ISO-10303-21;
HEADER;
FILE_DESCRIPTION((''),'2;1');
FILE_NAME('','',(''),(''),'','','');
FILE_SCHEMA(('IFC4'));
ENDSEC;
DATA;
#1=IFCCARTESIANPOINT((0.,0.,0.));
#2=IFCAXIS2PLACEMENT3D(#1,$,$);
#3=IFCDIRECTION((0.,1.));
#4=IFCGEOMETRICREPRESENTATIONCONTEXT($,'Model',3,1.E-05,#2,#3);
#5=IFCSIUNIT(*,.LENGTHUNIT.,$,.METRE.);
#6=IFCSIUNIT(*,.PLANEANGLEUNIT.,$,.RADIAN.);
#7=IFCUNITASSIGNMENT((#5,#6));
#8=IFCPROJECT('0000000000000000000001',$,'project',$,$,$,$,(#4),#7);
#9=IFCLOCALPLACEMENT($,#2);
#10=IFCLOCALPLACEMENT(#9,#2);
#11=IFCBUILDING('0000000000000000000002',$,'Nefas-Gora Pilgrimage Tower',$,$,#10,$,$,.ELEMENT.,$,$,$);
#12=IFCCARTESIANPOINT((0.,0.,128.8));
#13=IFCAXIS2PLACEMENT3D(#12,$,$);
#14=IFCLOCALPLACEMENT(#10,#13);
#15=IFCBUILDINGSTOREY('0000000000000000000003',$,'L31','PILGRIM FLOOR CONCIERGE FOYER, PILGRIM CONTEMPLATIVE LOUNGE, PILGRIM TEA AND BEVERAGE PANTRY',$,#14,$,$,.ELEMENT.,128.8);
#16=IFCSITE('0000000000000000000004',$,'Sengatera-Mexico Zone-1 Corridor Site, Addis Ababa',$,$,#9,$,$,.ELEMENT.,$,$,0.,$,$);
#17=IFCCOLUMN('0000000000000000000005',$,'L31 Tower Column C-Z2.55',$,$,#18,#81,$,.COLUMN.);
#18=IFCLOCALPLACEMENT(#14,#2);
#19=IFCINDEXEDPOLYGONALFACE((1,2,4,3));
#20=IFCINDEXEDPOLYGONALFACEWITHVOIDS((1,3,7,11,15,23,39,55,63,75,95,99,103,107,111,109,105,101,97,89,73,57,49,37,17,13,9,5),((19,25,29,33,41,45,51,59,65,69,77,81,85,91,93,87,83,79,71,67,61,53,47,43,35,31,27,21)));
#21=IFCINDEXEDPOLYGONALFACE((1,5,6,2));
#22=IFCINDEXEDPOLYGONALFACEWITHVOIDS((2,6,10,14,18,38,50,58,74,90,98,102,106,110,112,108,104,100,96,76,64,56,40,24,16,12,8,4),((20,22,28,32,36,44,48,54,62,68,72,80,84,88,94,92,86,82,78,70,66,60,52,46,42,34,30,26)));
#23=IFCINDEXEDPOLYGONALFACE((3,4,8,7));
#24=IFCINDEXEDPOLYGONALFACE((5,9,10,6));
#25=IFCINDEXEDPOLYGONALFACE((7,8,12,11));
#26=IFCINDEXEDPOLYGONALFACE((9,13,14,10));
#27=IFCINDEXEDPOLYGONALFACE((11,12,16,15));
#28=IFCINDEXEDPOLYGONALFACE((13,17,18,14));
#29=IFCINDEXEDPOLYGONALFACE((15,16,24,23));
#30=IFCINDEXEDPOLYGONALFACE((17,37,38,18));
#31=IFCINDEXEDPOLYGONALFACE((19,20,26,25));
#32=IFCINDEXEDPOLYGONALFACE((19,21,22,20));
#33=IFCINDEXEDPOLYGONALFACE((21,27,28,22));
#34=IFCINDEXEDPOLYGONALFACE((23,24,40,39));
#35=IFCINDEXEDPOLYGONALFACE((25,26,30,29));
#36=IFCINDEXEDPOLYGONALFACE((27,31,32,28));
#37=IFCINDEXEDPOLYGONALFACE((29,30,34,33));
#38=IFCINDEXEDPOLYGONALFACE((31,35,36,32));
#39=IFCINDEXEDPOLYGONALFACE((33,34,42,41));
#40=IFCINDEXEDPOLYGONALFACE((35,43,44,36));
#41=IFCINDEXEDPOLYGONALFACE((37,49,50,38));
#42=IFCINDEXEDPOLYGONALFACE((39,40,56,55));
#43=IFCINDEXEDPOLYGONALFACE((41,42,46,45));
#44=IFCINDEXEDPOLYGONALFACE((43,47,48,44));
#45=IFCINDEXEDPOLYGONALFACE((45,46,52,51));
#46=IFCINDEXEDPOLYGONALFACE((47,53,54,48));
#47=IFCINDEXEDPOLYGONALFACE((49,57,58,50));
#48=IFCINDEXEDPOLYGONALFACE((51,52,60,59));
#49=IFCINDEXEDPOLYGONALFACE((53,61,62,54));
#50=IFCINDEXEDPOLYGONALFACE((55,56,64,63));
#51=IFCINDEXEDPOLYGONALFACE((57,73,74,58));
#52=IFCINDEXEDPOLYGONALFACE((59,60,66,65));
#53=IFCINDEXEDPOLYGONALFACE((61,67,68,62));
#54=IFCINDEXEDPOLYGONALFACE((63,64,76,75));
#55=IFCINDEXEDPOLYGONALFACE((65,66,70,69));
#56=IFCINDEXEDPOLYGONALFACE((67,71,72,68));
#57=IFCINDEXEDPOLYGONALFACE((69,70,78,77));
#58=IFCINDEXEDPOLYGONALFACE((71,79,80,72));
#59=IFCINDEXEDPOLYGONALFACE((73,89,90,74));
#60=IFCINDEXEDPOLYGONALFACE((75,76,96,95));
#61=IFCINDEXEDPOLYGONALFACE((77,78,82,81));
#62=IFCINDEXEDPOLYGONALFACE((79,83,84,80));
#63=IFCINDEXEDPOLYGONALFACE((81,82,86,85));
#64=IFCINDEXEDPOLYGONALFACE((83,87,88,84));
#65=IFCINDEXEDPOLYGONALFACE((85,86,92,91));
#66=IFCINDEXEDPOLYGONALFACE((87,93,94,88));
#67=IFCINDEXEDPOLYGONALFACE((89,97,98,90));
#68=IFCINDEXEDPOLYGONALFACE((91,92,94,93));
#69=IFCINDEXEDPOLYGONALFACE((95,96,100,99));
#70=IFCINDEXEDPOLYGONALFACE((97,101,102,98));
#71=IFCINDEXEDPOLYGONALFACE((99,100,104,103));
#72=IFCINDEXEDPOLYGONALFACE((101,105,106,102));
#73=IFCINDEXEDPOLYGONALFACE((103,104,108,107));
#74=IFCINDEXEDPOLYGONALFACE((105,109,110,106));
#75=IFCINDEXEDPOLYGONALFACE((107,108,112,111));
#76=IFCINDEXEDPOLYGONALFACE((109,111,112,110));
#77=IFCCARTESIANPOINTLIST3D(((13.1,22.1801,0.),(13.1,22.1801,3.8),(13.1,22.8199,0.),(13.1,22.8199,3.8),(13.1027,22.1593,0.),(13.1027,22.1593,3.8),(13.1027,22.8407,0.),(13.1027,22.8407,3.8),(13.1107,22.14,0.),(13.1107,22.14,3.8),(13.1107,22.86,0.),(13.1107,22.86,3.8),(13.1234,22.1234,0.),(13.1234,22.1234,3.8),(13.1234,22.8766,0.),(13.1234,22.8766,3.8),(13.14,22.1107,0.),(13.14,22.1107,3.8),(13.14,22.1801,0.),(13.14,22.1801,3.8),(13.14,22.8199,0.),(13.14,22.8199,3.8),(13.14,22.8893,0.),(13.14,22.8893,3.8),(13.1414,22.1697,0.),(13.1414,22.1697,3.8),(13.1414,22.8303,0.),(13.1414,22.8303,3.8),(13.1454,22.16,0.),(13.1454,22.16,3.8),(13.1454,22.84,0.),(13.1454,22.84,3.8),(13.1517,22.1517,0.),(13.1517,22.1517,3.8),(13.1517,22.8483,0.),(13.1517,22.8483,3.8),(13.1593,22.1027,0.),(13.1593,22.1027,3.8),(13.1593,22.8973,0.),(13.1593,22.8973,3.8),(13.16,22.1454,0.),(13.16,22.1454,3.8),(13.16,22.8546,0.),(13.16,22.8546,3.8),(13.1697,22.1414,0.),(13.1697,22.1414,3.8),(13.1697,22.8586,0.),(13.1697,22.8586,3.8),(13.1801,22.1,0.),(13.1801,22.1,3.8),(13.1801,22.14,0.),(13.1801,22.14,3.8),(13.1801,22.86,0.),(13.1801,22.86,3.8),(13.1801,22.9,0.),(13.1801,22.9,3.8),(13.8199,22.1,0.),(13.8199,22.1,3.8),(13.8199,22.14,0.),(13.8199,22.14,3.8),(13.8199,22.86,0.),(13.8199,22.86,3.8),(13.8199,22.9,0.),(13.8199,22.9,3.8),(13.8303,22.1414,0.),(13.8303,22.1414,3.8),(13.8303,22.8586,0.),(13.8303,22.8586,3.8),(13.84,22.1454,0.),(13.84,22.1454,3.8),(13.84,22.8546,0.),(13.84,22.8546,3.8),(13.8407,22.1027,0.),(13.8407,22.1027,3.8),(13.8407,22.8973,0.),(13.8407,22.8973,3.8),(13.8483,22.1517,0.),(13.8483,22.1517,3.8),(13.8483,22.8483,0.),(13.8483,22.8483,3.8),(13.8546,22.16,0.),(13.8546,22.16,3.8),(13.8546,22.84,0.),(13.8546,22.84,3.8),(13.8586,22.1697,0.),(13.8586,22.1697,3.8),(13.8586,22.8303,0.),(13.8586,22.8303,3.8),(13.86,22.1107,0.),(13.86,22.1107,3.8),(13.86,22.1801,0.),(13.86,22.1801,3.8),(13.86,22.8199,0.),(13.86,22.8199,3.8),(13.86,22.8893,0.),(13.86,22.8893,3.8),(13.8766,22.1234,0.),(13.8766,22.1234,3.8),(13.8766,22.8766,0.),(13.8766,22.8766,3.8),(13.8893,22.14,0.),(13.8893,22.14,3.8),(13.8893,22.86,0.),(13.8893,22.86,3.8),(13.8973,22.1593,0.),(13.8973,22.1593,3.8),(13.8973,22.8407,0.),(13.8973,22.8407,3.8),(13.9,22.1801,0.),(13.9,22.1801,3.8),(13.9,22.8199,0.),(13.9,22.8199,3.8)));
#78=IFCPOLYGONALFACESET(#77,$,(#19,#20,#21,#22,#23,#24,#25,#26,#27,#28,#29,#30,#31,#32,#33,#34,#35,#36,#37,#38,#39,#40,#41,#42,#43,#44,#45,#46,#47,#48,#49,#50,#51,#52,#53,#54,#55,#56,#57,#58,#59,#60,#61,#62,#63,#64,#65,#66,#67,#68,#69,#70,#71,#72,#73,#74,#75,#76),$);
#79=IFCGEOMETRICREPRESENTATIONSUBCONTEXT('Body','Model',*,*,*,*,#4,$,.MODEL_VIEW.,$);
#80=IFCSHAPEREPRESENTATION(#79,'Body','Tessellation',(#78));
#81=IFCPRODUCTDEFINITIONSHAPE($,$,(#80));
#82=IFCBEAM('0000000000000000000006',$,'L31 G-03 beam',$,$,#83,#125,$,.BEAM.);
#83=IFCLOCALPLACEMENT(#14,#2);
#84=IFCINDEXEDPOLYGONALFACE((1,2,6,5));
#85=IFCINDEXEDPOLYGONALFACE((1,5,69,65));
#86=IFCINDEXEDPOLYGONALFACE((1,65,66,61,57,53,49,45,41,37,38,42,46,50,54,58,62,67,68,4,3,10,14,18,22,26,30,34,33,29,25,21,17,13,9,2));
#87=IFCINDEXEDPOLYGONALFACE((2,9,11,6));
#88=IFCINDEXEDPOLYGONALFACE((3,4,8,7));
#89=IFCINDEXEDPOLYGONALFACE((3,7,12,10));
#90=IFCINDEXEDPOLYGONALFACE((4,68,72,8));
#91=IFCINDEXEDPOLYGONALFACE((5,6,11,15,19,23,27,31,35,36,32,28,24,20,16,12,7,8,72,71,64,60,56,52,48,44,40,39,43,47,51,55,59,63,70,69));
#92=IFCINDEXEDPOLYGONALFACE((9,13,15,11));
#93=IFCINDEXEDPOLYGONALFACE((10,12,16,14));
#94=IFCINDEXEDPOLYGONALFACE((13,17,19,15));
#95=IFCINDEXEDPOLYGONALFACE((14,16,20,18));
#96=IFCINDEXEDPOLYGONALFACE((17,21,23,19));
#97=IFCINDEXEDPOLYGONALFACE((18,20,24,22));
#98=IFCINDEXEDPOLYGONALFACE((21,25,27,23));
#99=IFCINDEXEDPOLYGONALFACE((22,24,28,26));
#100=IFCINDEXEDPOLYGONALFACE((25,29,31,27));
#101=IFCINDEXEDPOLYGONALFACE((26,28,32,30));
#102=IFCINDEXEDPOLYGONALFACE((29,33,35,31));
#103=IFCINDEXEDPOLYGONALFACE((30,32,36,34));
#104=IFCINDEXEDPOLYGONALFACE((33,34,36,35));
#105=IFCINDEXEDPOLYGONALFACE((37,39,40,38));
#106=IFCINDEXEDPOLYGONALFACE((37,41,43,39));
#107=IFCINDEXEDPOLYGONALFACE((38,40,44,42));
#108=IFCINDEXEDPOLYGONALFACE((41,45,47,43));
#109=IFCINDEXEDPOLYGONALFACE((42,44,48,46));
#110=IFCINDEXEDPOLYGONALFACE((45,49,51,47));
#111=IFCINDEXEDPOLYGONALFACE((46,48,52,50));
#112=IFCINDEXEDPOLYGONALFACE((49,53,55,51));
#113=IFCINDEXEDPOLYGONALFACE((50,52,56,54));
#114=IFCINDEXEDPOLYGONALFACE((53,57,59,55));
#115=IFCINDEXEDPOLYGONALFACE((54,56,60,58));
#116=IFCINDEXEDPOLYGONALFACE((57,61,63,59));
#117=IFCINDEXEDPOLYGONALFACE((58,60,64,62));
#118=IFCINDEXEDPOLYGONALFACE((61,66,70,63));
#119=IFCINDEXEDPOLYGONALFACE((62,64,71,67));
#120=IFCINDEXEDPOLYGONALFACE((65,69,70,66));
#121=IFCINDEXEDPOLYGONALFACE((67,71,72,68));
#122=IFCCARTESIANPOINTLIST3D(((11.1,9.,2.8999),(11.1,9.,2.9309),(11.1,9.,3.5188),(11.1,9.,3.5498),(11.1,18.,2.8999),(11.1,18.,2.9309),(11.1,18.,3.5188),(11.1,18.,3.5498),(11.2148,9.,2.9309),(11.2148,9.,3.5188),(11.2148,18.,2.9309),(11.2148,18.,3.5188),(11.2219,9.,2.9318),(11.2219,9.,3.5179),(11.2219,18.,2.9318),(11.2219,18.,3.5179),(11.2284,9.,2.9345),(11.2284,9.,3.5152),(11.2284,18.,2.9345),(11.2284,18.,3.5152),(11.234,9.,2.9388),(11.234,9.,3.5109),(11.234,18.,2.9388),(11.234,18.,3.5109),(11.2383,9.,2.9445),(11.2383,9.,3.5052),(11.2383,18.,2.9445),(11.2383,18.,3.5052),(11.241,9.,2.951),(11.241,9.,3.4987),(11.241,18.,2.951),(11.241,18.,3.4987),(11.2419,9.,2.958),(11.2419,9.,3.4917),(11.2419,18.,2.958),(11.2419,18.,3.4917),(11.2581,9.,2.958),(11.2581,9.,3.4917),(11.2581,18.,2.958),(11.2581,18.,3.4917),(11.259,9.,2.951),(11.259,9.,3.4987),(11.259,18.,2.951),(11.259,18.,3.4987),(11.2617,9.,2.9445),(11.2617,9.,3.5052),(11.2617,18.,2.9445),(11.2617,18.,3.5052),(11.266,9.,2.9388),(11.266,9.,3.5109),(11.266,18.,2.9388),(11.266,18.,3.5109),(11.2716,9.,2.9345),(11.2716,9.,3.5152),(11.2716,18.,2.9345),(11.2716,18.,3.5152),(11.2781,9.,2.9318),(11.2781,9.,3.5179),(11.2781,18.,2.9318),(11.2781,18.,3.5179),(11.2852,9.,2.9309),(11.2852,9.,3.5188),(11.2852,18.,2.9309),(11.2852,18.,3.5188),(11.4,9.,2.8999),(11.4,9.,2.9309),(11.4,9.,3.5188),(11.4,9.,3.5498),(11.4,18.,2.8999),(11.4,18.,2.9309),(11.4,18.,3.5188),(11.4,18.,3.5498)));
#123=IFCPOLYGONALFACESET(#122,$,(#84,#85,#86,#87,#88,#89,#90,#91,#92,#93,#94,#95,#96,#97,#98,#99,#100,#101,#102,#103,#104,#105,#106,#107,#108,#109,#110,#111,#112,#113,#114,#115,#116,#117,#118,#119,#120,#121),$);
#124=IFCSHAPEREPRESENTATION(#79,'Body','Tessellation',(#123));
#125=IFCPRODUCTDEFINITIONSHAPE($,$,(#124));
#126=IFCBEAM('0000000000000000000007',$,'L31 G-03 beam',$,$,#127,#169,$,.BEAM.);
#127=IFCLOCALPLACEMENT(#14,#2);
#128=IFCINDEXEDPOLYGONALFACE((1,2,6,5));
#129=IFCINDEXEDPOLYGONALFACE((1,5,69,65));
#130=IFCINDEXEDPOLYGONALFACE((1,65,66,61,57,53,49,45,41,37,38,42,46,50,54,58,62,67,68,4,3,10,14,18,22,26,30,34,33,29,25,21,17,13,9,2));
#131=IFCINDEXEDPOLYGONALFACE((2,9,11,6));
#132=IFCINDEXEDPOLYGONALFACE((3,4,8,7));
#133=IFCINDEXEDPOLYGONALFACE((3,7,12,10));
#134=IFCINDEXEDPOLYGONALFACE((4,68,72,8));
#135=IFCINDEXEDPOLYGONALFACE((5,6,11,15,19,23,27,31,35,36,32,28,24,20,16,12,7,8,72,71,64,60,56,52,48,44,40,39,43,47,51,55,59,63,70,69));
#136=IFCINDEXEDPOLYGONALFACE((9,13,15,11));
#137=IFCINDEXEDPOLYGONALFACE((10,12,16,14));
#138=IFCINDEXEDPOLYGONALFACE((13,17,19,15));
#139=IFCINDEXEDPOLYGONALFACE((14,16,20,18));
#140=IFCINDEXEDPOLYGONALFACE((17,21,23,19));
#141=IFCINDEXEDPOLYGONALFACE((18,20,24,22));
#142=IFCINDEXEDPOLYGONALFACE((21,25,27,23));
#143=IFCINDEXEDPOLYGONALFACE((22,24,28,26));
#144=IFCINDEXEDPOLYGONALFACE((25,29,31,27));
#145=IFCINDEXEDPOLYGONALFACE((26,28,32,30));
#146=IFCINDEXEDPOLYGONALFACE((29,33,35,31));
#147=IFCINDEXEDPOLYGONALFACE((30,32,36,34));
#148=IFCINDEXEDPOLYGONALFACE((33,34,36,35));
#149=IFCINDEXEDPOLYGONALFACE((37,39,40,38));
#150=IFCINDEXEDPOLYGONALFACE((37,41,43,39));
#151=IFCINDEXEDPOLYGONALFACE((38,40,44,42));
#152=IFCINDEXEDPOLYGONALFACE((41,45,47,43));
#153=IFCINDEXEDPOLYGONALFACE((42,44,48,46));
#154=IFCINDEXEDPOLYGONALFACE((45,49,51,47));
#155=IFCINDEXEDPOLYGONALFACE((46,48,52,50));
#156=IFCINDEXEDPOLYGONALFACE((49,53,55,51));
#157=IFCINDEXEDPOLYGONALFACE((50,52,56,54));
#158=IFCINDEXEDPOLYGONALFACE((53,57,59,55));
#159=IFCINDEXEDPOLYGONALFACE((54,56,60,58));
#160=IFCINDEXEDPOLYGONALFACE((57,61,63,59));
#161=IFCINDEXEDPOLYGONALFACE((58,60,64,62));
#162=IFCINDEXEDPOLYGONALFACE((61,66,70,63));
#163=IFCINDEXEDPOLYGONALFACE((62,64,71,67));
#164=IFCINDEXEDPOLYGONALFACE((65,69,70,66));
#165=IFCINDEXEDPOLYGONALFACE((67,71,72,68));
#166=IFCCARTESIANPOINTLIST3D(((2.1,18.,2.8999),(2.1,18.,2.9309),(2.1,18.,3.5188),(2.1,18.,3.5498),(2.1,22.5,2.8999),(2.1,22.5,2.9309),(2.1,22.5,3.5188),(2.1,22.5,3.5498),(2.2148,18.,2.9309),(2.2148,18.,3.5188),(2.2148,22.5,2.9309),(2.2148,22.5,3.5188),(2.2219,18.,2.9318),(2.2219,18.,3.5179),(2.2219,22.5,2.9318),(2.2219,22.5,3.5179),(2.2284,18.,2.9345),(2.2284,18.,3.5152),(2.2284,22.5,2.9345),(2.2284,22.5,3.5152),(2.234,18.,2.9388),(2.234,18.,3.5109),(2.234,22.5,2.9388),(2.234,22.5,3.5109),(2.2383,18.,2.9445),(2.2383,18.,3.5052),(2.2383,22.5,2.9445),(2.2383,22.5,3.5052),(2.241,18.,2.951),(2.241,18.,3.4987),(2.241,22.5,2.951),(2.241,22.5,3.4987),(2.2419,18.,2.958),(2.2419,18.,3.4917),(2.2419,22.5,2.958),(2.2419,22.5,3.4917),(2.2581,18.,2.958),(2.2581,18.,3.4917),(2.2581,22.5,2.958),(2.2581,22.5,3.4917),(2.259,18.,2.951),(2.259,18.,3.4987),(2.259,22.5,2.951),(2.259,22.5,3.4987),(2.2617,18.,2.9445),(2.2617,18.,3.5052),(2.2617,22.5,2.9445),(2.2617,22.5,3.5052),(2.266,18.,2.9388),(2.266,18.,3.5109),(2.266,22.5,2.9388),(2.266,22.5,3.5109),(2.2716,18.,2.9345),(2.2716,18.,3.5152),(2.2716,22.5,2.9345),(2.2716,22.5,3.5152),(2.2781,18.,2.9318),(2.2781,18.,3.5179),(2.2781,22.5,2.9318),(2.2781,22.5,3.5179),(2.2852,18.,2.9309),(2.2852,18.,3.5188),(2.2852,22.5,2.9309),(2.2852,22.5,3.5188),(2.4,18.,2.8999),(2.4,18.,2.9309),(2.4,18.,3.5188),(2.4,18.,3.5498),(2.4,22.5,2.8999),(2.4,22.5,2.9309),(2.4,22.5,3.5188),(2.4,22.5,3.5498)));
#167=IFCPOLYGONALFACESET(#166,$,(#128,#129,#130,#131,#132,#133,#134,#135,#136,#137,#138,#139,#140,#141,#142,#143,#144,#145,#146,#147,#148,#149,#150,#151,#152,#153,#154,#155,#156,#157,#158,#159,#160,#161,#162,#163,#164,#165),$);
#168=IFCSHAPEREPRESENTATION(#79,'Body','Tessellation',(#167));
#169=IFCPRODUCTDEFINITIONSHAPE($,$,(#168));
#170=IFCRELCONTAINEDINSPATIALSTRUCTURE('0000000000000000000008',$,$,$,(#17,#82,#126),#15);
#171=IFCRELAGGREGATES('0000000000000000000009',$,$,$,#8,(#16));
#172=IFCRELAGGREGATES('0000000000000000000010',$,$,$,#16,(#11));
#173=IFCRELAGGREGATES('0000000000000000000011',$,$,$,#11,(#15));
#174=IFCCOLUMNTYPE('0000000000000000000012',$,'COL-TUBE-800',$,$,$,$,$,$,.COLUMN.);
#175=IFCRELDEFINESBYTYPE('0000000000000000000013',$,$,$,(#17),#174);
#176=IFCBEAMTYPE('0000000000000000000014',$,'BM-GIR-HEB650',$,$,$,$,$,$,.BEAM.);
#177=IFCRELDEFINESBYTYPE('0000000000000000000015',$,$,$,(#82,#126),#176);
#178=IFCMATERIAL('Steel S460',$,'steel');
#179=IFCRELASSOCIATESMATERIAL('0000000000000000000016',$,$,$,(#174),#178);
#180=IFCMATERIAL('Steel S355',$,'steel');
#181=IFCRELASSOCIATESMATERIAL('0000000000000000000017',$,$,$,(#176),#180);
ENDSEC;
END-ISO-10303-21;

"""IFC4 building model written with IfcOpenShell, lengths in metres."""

from ifc_helpers import new_model, si_unit, direction, frame, origin, origin_2d, place, context, subcontext, project, spatial, hollow_rectangle, i_section, extrude, source, transform, mapped, material, material_profile, profile_set, type_object, element, save


model = new_model("IFC4")

# Units and contexts
model_context = context("Model", 3, precision=1e-05, world=origin(), true_north=direction((0.0, 1.0)))
body_context = subcontext(model_context, "Body", "Model", "MODEL_VIEW")
ifc_project = project(units=[si_unit("LENGTHUNIT", "METRE"), si_unit("PLANEANGLEUNIT", "RADIAN")], contexts=[model_context])

# Site, building, storey
site_placement = place(None, origin())
site = spatial("IfcSite", under=ifc_project, at=site_placement, Name="Sengatera-Mexico Zone-1 Corridor Site, Addis Ababa", CompositionType="ELEMENT", RefElevation=0.0)
building_placement = place(site_placement, origin())
building = spatial("IfcBuilding", under=site, at=building_placement, Name="Nefas-Gora Pilgrimage Tower", CompositionType="ELEMENT")
storey_placement = place(building_placement, frame((0.0, 0.0, 128.8)))
storey = spatial("IfcBuildingStorey", under=building, at=storey_placement, Name="L31", Description="PILGRIM FLOOR CONCIERGE FOYER, PILGRIM CONTEMPLATIVE LOUNGE, PILGRIM TEA AND BEVERAGE PANTRY", CompositionType="ELEMENT", Elevation=128.8)

# Column
ifc_material_1 = material(Name="Steel S460", Category="steel")
ifc_material_profile_1 = material_profile(ifc_material_1, hollow_rectangle(XDim=0.8, YDim=0.8, WallThickness=0.04, InnerFilletRadius=0.04, OuterFilletRadius=0.0801, at=origin_2d()), Name="BOX 800x800x40")
ifc_profile_set_1 = profile_set([ifc_material_profile_1], Name="Steel S460")
column_type_1 = type_object("IfcColumnType", Name="COL-TUBE-800", PredefinedType="COLUMN", material=ifc_profile_set_1)
shared_shape_1 = source(origin(), body_context, "Body", "SweptSolid", [
    extrude(hollow_rectangle(XDim=0.8, YDim=0.8, WallThickness=0.04, InnerFilletRadius=0.04, OuterFilletRadius=0.0801, at=origin_2d()), origin(), (0.0, 0.0, 1.0), 3.8),
])
for number, where, z_axis, x_axis, name in (
    (1, (13.5, 22.5, 0.0), (0.0, 0.0, 1.0), (1.0, 0.0, 0.0), "L31 Tower Column C-Z2.55"),
):
    element("IfcColumn", number, at=place(storey_placement, frame(where, z_axis=z_axis, x_axis=x_axis)), inside=storey, type_object=column_type_1, Name=name, PredefinedType="COLUMN", context=body_context, shape_type="MappedRepresentation", body=[
        mapped(shared_shape_1, transform((0.0, 0.0, 0.0), x_axis=(1.0, 0.0, 0.0), y_axis=(0.0, 1.0, 0.0), z_axis=(0.0, 0.0, 1.0), scale=1.0)),
    ])

# Beams
ifc_material_2 = material(Name="Steel S355", Category="steel")
ifc_material_profile_2 = material_profile(ifc_material_2, i_section(OverallWidth=0.3, OverallDepth=0.6499, WebThickness=0.0161, FlangeThickness=0.031, FilletRadius=0.0271, at=origin_2d()), Name="HEB 650")
ifc_profile_set_2 = profile_set([ifc_material_profile_2], Name="Steel S355")
beam_type_1 = type_object("IfcBeamType", Name="BM-GIR-HEB650", PredefinedType="BEAM", material=ifc_profile_set_2)
shared_shape_2 = source(origin(), body_context, "Body", "SweptSolid", [
    extrude(i_section(OverallWidth=0.3, OverallDepth=0.6499, WebThickness=0.0161, FlangeThickness=0.031, FilletRadius=0.0271, at=origin_2d()), origin(), (0.0, 0.0, 1.0), 9.0),
])
beam_1_placement = place(storey_placement, frame((11.25, 9.0, 3.2249), z_axis=(0.0, 1.0, 0.0), x_axis=(-1.0, 0.0, 0.0)))
element("IfcBeam", 2, at=beam_1_placement, inside=storey, type_object=beam_type_1, Name="L31 G-03 beam", PredefinedType="BEAM", context=body_context, shape_type="MappedRepresentation", body=[
    mapped(shared_shape_2, transform((0.0, 0.0, 0.0), x_axis=(1.0, 0.0, 0.0), y_axis=(0.0, 1.0, 0.0), z_axis=(0.0, 0.0, 1.0), scale=1.0)),
])
shared_shape_3 = source(origin(), body_context, "Body", "SweptSolid", [
    extrude(i_section(OverallWidth=0.3, OverallDepth=0.6499, WebThickness=0.0161, FlangeThickness=0.031, FilletRadius=0.0271, at=origin_2d()), origin(), (0.0, 0.0, 1.0), 4.5),
])
for number, where, z_axis, x_axis, name in (
    (3, (2.25, 18.0, 3.2249), (0.0, 1.0, 0.0), (-1.0, 0.0, 0.0), "L31 G-03 beam"),
):
    element("IfcBeam", number, at=place(storey_placement, frame(where, z_axis=z_axis, x_axis=x_axis)), inside=storey, type_object=beam_type_1, Name=name, PredefinedType="BEAM", context=body_context, shape_type="MappedRepresentation", body=[
        mapped(shared_shape_3, transform((0.0, 0.0, 0.0), x_axis=(1.0, 0.0, 0.0), y_axis=(0.0, 1.0, 0.0), z_axis=(0.0, 0.0, 1.0), scale=1.0)),
    ])

save(model, "model.ifc")
